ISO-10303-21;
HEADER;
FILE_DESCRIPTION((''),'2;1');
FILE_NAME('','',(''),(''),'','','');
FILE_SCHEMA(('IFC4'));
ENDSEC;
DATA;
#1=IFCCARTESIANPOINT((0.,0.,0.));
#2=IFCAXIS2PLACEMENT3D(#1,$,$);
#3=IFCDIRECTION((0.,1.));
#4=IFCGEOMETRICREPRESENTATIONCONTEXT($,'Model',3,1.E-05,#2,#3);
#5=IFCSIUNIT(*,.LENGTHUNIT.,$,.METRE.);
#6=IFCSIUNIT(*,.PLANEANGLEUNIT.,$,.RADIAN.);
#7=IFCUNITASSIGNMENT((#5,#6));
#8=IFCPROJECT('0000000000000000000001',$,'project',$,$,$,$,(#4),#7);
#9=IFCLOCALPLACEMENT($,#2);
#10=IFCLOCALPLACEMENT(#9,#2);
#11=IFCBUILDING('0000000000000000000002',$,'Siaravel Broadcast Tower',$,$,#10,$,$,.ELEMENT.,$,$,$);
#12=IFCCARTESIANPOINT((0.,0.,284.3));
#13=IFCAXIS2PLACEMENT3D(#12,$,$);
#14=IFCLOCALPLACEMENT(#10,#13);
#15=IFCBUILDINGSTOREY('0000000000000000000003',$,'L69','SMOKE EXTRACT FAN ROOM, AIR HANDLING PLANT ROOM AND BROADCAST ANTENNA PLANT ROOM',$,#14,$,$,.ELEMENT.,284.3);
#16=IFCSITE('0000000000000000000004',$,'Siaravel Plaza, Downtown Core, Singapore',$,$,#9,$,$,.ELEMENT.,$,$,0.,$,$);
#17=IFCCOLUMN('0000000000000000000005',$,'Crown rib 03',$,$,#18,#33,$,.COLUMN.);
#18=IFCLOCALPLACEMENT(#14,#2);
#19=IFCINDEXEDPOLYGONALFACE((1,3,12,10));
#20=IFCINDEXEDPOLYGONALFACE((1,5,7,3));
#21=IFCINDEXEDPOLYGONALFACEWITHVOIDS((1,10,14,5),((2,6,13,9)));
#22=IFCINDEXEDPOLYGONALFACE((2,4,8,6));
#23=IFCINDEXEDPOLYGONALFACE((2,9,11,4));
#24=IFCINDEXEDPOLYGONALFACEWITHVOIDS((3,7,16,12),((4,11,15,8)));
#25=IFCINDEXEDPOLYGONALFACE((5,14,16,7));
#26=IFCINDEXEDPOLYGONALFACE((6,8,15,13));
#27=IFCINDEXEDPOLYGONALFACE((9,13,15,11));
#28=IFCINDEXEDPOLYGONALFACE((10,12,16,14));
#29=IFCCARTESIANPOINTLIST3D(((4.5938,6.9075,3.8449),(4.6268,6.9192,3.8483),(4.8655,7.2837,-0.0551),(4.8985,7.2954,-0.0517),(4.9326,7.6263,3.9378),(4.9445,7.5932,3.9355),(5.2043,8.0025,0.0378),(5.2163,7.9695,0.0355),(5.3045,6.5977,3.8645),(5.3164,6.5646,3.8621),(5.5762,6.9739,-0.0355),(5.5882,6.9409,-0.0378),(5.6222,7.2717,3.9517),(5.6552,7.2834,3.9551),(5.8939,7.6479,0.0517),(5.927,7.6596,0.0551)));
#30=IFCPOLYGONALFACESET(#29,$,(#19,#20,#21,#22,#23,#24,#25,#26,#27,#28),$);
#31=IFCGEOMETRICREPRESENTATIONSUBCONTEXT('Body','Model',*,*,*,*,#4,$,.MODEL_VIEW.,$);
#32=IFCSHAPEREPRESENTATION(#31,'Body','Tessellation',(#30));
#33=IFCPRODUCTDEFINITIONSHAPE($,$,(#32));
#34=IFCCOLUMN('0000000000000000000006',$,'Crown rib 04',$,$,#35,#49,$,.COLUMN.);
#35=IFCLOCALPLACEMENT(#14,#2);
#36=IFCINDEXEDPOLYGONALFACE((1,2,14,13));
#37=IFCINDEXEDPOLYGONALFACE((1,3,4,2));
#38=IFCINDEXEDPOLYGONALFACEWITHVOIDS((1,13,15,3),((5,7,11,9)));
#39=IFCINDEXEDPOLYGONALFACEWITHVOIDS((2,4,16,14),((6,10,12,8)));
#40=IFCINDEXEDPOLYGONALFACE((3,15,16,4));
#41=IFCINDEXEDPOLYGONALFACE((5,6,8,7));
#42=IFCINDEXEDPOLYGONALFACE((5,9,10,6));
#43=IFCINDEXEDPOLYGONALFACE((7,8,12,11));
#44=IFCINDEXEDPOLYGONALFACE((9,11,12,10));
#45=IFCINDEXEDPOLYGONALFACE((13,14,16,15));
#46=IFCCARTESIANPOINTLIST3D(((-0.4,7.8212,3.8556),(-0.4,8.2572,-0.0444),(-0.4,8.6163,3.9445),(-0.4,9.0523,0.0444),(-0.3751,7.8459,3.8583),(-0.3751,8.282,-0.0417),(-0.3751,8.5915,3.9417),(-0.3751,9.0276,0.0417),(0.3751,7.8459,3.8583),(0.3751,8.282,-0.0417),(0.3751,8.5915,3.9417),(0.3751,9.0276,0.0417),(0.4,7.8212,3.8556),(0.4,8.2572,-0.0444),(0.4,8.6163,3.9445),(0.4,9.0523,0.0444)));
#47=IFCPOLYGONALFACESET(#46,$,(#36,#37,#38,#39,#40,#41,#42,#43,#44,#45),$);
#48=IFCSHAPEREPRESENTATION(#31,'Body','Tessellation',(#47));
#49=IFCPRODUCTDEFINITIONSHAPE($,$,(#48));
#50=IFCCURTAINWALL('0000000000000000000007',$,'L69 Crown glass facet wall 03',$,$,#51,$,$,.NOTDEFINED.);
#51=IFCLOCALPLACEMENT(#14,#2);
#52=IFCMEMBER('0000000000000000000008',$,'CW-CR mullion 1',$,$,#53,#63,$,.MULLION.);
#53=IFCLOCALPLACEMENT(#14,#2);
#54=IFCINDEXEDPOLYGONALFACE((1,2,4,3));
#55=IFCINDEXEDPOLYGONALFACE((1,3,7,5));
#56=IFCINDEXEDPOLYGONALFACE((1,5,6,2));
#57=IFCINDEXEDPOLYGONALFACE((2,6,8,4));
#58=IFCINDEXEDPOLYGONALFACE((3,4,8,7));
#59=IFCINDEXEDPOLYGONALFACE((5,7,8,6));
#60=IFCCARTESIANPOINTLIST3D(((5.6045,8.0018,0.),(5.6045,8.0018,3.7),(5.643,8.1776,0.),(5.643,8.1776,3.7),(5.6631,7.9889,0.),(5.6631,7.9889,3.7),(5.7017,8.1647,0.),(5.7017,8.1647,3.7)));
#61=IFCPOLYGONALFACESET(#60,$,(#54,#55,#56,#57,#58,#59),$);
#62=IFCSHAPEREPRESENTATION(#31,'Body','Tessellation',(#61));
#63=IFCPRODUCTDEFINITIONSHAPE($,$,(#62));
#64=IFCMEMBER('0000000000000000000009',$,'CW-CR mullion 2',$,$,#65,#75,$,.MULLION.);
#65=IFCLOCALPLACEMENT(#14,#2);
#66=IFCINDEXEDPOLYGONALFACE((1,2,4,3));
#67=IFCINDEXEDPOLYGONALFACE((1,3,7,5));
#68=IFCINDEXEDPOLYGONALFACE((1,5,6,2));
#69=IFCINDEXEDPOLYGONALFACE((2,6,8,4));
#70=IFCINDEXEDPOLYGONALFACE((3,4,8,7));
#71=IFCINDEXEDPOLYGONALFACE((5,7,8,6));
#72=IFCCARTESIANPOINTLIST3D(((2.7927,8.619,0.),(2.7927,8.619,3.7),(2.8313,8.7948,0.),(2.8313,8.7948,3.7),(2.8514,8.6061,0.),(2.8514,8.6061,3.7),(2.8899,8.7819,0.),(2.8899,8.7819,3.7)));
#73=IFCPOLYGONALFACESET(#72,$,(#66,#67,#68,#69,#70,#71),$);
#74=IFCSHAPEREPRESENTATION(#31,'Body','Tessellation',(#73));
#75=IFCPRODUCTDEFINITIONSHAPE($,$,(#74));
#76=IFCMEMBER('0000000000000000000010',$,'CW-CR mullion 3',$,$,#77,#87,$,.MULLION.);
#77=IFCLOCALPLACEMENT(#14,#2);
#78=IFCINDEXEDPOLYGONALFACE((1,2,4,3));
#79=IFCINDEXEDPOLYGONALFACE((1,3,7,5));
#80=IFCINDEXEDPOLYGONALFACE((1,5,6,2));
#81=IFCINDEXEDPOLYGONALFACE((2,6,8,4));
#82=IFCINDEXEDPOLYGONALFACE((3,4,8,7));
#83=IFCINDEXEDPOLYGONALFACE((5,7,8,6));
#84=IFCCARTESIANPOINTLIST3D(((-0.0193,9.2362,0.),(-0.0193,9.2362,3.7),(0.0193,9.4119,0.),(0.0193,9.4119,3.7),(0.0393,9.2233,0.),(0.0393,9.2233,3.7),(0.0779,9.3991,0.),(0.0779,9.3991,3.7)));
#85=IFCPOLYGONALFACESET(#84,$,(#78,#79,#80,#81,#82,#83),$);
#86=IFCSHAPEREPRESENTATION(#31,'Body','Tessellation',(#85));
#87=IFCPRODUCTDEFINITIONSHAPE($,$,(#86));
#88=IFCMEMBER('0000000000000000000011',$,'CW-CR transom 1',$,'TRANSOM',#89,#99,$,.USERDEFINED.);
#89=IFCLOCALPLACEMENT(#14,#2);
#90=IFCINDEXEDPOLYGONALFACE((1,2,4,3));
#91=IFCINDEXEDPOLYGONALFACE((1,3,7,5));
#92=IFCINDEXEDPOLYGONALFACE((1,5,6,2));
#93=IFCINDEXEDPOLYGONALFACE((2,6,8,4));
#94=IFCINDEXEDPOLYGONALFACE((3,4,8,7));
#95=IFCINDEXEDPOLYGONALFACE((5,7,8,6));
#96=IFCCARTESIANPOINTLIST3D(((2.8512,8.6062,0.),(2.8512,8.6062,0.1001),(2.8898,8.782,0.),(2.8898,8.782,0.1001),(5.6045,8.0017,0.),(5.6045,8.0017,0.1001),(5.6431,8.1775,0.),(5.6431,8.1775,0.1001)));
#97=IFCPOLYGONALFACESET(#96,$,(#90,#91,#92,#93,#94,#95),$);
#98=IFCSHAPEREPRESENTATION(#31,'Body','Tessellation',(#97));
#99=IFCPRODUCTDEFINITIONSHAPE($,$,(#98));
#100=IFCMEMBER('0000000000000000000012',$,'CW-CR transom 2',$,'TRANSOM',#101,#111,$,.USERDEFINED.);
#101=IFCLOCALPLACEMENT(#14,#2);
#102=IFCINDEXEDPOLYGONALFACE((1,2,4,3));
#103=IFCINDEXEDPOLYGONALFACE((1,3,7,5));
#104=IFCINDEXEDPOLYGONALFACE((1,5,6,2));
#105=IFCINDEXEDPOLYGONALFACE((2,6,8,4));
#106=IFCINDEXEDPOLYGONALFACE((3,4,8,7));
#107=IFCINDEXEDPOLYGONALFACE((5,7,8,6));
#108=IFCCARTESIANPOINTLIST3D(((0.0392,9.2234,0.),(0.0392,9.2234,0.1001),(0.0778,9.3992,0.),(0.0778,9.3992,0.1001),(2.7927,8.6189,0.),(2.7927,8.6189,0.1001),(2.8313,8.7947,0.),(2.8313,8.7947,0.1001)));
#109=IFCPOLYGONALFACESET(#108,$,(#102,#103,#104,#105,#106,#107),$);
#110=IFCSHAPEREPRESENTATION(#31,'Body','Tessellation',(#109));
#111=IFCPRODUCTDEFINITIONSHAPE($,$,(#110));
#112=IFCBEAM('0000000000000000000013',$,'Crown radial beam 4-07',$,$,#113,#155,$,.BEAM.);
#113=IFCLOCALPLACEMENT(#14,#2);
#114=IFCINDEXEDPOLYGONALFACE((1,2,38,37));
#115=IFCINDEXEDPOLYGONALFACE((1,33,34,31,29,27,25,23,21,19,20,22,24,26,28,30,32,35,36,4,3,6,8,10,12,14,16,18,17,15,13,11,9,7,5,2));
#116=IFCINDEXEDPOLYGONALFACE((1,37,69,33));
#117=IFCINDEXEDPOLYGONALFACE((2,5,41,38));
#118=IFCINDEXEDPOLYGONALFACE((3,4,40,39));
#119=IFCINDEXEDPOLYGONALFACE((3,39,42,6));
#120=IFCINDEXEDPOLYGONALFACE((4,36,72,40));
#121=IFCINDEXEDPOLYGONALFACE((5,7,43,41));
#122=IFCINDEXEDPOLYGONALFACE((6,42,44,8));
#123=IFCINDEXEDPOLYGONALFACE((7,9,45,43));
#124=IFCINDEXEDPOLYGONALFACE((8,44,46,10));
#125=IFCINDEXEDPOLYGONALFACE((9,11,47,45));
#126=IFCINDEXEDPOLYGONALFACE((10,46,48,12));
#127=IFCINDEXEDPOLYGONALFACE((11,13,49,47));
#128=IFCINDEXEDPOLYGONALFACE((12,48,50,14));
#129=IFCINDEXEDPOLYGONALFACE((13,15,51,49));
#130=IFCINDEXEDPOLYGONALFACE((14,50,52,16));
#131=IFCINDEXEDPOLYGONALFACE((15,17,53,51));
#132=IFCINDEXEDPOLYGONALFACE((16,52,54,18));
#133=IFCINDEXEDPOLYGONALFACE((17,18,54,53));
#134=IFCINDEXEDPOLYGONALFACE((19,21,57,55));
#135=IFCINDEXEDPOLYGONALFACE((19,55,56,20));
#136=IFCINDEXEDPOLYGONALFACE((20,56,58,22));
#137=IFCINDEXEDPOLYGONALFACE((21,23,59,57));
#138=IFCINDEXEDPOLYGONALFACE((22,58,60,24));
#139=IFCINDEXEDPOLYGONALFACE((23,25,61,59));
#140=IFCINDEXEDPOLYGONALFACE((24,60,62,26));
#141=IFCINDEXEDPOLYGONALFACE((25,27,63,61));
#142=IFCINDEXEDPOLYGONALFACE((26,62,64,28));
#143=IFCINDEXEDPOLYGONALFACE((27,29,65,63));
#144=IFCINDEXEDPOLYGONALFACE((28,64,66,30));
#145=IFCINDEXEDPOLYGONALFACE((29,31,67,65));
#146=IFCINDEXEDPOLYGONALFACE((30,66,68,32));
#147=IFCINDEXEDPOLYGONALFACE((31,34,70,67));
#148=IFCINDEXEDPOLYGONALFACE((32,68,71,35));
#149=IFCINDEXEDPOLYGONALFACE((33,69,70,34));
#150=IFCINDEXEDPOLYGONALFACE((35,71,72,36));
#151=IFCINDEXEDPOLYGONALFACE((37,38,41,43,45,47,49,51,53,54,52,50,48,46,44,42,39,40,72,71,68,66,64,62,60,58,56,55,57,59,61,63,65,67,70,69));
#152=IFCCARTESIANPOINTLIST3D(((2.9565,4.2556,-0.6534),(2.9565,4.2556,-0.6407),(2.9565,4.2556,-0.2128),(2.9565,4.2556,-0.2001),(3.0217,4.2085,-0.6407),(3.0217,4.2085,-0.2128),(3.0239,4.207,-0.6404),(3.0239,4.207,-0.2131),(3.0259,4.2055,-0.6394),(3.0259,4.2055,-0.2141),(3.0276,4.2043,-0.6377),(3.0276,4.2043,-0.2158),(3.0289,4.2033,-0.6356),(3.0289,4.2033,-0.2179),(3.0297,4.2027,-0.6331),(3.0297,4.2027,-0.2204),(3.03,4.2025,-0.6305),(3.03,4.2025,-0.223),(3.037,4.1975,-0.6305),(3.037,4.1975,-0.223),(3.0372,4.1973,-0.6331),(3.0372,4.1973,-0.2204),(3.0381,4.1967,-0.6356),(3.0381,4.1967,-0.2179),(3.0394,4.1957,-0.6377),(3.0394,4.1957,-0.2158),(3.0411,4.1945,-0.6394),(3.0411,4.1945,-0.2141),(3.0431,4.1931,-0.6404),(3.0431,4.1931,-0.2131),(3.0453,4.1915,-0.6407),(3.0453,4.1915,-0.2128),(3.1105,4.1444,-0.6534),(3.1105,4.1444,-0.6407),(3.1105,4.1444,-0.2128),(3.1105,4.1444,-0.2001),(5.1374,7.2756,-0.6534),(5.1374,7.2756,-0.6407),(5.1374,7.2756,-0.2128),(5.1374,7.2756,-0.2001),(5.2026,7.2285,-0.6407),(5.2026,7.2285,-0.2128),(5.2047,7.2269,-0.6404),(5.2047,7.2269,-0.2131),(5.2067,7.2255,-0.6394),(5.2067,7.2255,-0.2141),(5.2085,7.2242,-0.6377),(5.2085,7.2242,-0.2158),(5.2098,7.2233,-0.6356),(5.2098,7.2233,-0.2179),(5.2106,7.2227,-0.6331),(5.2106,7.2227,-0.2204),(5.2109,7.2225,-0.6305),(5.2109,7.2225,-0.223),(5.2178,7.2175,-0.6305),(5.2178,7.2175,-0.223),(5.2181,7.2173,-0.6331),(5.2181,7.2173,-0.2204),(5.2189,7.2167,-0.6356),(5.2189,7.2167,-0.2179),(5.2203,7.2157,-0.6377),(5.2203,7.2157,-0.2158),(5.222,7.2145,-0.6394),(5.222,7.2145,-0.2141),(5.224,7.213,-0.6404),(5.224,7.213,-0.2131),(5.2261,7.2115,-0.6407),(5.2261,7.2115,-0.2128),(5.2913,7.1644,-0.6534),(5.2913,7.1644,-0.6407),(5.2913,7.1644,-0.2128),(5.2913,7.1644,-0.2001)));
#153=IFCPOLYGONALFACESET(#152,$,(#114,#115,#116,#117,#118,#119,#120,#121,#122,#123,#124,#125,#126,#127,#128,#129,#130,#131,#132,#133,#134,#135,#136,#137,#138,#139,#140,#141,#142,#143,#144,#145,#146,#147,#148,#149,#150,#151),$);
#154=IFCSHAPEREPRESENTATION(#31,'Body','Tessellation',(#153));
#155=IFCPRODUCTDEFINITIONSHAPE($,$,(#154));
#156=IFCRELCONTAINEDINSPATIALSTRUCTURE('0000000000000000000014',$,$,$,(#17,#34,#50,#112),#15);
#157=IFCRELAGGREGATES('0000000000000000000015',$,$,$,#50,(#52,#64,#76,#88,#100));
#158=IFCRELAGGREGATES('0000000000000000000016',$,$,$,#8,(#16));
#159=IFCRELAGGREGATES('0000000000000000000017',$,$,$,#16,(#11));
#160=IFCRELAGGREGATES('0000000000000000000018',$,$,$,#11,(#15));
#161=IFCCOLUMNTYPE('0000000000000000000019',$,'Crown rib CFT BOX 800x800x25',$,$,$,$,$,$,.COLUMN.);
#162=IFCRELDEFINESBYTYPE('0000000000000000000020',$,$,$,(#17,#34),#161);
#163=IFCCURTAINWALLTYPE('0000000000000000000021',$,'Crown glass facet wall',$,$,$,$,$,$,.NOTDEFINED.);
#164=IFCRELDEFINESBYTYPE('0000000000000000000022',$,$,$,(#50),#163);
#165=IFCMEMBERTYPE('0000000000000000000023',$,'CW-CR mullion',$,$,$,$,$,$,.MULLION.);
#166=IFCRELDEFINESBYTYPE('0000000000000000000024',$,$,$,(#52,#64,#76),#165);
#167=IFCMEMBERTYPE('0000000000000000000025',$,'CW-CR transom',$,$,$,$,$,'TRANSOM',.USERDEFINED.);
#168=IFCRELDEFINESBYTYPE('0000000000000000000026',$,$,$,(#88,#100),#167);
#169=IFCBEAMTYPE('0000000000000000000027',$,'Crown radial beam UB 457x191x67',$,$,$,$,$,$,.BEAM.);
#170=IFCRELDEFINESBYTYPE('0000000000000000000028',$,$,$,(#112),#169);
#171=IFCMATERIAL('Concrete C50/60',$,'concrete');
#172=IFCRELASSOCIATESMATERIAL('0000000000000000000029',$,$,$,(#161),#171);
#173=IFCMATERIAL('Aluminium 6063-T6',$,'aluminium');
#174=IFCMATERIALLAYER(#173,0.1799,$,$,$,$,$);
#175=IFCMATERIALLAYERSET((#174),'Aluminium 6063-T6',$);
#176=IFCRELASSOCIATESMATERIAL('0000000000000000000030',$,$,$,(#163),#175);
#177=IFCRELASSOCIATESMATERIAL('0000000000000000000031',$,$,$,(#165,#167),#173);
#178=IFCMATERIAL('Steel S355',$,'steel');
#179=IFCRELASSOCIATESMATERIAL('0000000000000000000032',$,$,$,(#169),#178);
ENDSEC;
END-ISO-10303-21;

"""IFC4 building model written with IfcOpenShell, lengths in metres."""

from ifc_helpers import new_model, si_unit, direction, frame, origin, origin_2d, place, context, subcontext, project, spatial, rectangle, hollow_rectangle, i_section, extrude, material, layer, layer_set, material_profile, profile_set, type_object, element, aggregate, save


model = new_model("IFC4")

# Units and contexts
model_context = context("Model", 3, precision=1e-05, world=origin(), true_north=direction((0.0, 1.0)))
body_context = subcontext(model_context, "Body", "Model", "MODEL_VIEW")
ifc_project = project(units=[si_unit("LENGTHUNIT", "METRE"), si_unit("PLANEANGLEUNIT", "RADIAN")], contexts=[model_context])

# Site, building, storey
site_placement = place(None, origin())
site = spatial("IfcSite", under=ifc_project, at=site_placement, Name="Siaravel Plaza, Downtown Core, Singapore", CompositionType="ELEMENT", RefElevation=0.0)
building_placement = place(site_placement, origin())
building = spatial("IfcBuilding", under=site, at=building_placement, Name="Siaravel Broadcast Tower", CompositionType="ELEMENT")
storey_placement = place(building_placement, frame((0.0, 0.0, 284.3)))
storey = spatial("IfcBuildingStorey", under=building, at=storey_placement, Name="L69", Description="SMOKE EXTRACT FAN ROOM, AIR HANDLING PLANT ROOM AND BROADCAST ANTENNA PLANT ROOM", CompositionType="ELEMENT", Elevation=284.3)

# Columns
ifc_material_1 = material(Name="Concrete C50/60", Category="concrete")
ifc_material_profile_1 = material_profile(ifc_material_1, hollow_rectangle(XDim=0.8, YDim=0.8, WallThickness=0.0249, at=origin_2d()))
ifc_profile_set_1 = profile_set([ifc_material_profile_1], Name="Concrete C50/60")
column_type = type_object("IfcColumnType", Name="Crown rib CFT BOX 800x800x25", PredefinedType="COLUMN", material=ifc_profile_set_1)
column_1_placement = place(storey_placement, frame((5.3962, 7.4717, 0.0), z_axis=(-0.069188, -0.095793, 0.992994), x_axis=(0.903251, -0.428569, 0.021591)))
element("IfcColumn", 1, at=column_1_placement, inside=storey, type_object=column_type, Name="Crown rib 03", PredefinedType="COLUMN", context=body_context, shape_type="SweptSolid", body=[
    extrude(hollow_rectangle(XDim=0.8, YDim=0.8, WallThickness=0.0249, at=origin_2d()), origin(), (0.0, 0.0, 1.0), 3.9275),
])
column_2_placement = place(storey_placement, frame((0.0, 8.6548, 0.0), z_axis=(0.0, -0.111114, 0.993808), x_axis=(1.0, 0.0, 0.0)))
element("IfcColumn", 2, at=column_2_placement, inside=storey, type_object=column_type, Name="Crown rib 04", PredefinedType="COLUMN", context=body_context, shape_type="SweptSolid", body=[
    extrude(hollow_rectangle(XDim=0.8, YDim=0.8, WallThickness=0.0249, at=origin_2d()), origin(), (0.0, 0.0, 1.0), 3.9243),
])

# Curtain wall, members
ifc_material_2 = material(Name="Aluminium 6063-T6", Category="aluminium")
ifc_layer_1 = layer(ifc_material_2, 0.1799)
ifc_layer_set_1 = layer_set([ifc_layer_1], Name="Aluminium 6063-T6")
curtain_wall_type = type_object("IfcCurtainWallType", Name="Crown glass facet wall", PredefinedType="NOTDEFINED", material=ifc_layer_set_1)
curtain_wall_placement = place(storey_placement, origin())
curtain_wall = element("IfcCurtainWall", 3, at=curtain_wall_placement, inside=storey, type_object=curtain_wall_type, Name="L69 Crown glass facet wall 03", PredefinedType="NOTDEFINED")
ifc_material_profile_2 = material_profile(ifc_material_2, rectangle(XDim=0.1799, YDim=0.0601, at=origin_2d()))
ifc_profile_set_2 = profile_set([ifc_material_profile_2], Name="Aluminium 6063-T6")
member_type_1 = type_object("IfcMemberType", Name="CW-CR mullion", PredefinedType="MULLION", material=ifc_profile_set_2)
member_1_placement = place(storey_placement, frame((5.6531, 8.0833, 0.0), z_axis=(0.0, 0.0, 1.0), x_axis=(-0.214396, -0.976747, 0.0)))
member_1 = element("IfcMember", 4, at=member_1_placement, type_object=member_type_1, Name="CW-CR mullion 1", PredefinedType="MULLION", context=body_context, shape_type="SweptSolid", body=[
    extrude(rectangle(XDim=0.1799, YDim=0.0601, at=origin_2d()), origin(), (0.0, 0.0, 1.0), 3.7),
])
member_2_placement = place(storey_placement, frame((2.8413, 8.7004, 0.0), z_axis=(0.0, 0.0, 1.0), x_axis=(-0.214396, -0.976747, 0.0)))
member_2 = element("IfcMember", 5, at=member_2_placement, type_object=member_type_1, Name="CW-CR mullion 2", PredefinedType="MULLION", context=body_context, shape_type="SweptSolid", body=[
    extrude(rectangle(XDim=0.1799, YDim=0.0601, at=origin_2d()), origin(), (0.0, 0.0, 1.0), 3.7),
])
member_3_placement = place(storey_placement, frame((0.0293, 9.3176, 0.0), z_axis=(0.0, 0.0, 1.0), x_axis=(-0.214396, -0.976747, 0.0)))
member_3 = element("IfcMember", 6, at=member_3_placement, type_object=member_type_1, Name="CW-CR mullion 3", PredefinedType="MULLION", context=body_context, shape_type="SweptSolid", body=[
    extrude(rectangle(XDim=0.1799, YDim=0.0601, at=origin_2d()), origin(), (0.0, 0.0, 1.0), 3.7),
])
ifc_material_profile_3 = material_profile(ifc_material_2, rectangle(XDim=0.1799, YDim=0.1001, at=origin_2d()))
ifc_profile_set_3 = profile_set([ifc_material_profile_3], Name="Aluminium 6063-T6")
member_type_2 = type_object("IfcMemberType", Name="CW-CR transom", ElementType="TRANSOM", PredefinedType="USERDEFINED", material=ifc_profile_set_3)
member_4_placement = place(storey_placement, frame((5.6238, 8.0896, 0.05), z_axis=(-0.976734, 0.214454, 0.0), x_axis=(-0.214454, -0.976734, 0.0)))
member_4 = element("IfcMember", 7, at=member_4_placement, type_object=member_type_2, Name="CW-CR transom 1", ObjectType="TRANSOM", PredefinedType="USERDEFINED", context=body_context, shape_type="SweptSolid", body=[
    extrude(rectangle(XDim=0.1799, YDim=0.1001, at=origin_2d()), origin(), (0.0, 0.0, 1.0), 2.8188),
])
member_5_placement = place(storey_placement, frame((2.812, 8.7068, 0.05), z_axis=(-0.976738, 0.214436, 0.0), x_axis=(-0.214436, -0.976738, 0.0)))
member_5 = element("IfcMember", 8, at=member_5_placement, type_object=member_type_2, Name="CW-CR transom 2", ObjectType="TRANSOM", PredefinedType="USERDEFINED", context=body_context, shape_type="SweptSolid", body=[
    extrude(rectangle(XDim=0.1799, YDim=0.1001, at=origin_2d()), origin(), (0.0, 0.0, 1.0), 2.8191),
])

# Beam
ifc_material_3 = material(Name="Steel S355", Category="steel")
ifc_material_profile_4 = material_profile(ifc_material_3, i_section(OverallWidth=0.1899, OverallDepth=0.4534, WebThickness=0.0085, FlangeThickness=0.0127, FilletRadius=0.0103, at=origin_2d()))
ifc_profile_set_4 = profile_set([ifc_material_profile_4], Name="Steel S355")
beam_type_1 = type_object("IfcBeamType", Name="Crown radial beam UB 457x191x67", PredefinedType="BEAM", material=ifc_profile_set_4)
beam_1_placement = place(storey_placement, frame((5.2144, 7.22, -0.4268), z_axis=(-0.585452, -0.810707, 0.0), x_axis=(0.810707, -0.585452, 0.0)))
element("IfcBeam", 9, at=beam_1_placement, inside=storey, type_object=beam_type_1, Name="Crown radial beam 4-07", PredefinedType="BEAM", context=body_context, shape_type="SweptSolid", body=[
    extrude(i_section(OverallWidth=0.1899, OverallDepth=0.4534, WebThickness=0.0085, FlangeThickness=0.0127, FilletRadius=0.0103, at=origin_2d()), origin(), (0.0, 0.0, 1.0), 3.7251),
])

aggregate(curtain_wall, [member_1, member_2, member_3, member_4, member_5])

save(model, "model.ifc")
